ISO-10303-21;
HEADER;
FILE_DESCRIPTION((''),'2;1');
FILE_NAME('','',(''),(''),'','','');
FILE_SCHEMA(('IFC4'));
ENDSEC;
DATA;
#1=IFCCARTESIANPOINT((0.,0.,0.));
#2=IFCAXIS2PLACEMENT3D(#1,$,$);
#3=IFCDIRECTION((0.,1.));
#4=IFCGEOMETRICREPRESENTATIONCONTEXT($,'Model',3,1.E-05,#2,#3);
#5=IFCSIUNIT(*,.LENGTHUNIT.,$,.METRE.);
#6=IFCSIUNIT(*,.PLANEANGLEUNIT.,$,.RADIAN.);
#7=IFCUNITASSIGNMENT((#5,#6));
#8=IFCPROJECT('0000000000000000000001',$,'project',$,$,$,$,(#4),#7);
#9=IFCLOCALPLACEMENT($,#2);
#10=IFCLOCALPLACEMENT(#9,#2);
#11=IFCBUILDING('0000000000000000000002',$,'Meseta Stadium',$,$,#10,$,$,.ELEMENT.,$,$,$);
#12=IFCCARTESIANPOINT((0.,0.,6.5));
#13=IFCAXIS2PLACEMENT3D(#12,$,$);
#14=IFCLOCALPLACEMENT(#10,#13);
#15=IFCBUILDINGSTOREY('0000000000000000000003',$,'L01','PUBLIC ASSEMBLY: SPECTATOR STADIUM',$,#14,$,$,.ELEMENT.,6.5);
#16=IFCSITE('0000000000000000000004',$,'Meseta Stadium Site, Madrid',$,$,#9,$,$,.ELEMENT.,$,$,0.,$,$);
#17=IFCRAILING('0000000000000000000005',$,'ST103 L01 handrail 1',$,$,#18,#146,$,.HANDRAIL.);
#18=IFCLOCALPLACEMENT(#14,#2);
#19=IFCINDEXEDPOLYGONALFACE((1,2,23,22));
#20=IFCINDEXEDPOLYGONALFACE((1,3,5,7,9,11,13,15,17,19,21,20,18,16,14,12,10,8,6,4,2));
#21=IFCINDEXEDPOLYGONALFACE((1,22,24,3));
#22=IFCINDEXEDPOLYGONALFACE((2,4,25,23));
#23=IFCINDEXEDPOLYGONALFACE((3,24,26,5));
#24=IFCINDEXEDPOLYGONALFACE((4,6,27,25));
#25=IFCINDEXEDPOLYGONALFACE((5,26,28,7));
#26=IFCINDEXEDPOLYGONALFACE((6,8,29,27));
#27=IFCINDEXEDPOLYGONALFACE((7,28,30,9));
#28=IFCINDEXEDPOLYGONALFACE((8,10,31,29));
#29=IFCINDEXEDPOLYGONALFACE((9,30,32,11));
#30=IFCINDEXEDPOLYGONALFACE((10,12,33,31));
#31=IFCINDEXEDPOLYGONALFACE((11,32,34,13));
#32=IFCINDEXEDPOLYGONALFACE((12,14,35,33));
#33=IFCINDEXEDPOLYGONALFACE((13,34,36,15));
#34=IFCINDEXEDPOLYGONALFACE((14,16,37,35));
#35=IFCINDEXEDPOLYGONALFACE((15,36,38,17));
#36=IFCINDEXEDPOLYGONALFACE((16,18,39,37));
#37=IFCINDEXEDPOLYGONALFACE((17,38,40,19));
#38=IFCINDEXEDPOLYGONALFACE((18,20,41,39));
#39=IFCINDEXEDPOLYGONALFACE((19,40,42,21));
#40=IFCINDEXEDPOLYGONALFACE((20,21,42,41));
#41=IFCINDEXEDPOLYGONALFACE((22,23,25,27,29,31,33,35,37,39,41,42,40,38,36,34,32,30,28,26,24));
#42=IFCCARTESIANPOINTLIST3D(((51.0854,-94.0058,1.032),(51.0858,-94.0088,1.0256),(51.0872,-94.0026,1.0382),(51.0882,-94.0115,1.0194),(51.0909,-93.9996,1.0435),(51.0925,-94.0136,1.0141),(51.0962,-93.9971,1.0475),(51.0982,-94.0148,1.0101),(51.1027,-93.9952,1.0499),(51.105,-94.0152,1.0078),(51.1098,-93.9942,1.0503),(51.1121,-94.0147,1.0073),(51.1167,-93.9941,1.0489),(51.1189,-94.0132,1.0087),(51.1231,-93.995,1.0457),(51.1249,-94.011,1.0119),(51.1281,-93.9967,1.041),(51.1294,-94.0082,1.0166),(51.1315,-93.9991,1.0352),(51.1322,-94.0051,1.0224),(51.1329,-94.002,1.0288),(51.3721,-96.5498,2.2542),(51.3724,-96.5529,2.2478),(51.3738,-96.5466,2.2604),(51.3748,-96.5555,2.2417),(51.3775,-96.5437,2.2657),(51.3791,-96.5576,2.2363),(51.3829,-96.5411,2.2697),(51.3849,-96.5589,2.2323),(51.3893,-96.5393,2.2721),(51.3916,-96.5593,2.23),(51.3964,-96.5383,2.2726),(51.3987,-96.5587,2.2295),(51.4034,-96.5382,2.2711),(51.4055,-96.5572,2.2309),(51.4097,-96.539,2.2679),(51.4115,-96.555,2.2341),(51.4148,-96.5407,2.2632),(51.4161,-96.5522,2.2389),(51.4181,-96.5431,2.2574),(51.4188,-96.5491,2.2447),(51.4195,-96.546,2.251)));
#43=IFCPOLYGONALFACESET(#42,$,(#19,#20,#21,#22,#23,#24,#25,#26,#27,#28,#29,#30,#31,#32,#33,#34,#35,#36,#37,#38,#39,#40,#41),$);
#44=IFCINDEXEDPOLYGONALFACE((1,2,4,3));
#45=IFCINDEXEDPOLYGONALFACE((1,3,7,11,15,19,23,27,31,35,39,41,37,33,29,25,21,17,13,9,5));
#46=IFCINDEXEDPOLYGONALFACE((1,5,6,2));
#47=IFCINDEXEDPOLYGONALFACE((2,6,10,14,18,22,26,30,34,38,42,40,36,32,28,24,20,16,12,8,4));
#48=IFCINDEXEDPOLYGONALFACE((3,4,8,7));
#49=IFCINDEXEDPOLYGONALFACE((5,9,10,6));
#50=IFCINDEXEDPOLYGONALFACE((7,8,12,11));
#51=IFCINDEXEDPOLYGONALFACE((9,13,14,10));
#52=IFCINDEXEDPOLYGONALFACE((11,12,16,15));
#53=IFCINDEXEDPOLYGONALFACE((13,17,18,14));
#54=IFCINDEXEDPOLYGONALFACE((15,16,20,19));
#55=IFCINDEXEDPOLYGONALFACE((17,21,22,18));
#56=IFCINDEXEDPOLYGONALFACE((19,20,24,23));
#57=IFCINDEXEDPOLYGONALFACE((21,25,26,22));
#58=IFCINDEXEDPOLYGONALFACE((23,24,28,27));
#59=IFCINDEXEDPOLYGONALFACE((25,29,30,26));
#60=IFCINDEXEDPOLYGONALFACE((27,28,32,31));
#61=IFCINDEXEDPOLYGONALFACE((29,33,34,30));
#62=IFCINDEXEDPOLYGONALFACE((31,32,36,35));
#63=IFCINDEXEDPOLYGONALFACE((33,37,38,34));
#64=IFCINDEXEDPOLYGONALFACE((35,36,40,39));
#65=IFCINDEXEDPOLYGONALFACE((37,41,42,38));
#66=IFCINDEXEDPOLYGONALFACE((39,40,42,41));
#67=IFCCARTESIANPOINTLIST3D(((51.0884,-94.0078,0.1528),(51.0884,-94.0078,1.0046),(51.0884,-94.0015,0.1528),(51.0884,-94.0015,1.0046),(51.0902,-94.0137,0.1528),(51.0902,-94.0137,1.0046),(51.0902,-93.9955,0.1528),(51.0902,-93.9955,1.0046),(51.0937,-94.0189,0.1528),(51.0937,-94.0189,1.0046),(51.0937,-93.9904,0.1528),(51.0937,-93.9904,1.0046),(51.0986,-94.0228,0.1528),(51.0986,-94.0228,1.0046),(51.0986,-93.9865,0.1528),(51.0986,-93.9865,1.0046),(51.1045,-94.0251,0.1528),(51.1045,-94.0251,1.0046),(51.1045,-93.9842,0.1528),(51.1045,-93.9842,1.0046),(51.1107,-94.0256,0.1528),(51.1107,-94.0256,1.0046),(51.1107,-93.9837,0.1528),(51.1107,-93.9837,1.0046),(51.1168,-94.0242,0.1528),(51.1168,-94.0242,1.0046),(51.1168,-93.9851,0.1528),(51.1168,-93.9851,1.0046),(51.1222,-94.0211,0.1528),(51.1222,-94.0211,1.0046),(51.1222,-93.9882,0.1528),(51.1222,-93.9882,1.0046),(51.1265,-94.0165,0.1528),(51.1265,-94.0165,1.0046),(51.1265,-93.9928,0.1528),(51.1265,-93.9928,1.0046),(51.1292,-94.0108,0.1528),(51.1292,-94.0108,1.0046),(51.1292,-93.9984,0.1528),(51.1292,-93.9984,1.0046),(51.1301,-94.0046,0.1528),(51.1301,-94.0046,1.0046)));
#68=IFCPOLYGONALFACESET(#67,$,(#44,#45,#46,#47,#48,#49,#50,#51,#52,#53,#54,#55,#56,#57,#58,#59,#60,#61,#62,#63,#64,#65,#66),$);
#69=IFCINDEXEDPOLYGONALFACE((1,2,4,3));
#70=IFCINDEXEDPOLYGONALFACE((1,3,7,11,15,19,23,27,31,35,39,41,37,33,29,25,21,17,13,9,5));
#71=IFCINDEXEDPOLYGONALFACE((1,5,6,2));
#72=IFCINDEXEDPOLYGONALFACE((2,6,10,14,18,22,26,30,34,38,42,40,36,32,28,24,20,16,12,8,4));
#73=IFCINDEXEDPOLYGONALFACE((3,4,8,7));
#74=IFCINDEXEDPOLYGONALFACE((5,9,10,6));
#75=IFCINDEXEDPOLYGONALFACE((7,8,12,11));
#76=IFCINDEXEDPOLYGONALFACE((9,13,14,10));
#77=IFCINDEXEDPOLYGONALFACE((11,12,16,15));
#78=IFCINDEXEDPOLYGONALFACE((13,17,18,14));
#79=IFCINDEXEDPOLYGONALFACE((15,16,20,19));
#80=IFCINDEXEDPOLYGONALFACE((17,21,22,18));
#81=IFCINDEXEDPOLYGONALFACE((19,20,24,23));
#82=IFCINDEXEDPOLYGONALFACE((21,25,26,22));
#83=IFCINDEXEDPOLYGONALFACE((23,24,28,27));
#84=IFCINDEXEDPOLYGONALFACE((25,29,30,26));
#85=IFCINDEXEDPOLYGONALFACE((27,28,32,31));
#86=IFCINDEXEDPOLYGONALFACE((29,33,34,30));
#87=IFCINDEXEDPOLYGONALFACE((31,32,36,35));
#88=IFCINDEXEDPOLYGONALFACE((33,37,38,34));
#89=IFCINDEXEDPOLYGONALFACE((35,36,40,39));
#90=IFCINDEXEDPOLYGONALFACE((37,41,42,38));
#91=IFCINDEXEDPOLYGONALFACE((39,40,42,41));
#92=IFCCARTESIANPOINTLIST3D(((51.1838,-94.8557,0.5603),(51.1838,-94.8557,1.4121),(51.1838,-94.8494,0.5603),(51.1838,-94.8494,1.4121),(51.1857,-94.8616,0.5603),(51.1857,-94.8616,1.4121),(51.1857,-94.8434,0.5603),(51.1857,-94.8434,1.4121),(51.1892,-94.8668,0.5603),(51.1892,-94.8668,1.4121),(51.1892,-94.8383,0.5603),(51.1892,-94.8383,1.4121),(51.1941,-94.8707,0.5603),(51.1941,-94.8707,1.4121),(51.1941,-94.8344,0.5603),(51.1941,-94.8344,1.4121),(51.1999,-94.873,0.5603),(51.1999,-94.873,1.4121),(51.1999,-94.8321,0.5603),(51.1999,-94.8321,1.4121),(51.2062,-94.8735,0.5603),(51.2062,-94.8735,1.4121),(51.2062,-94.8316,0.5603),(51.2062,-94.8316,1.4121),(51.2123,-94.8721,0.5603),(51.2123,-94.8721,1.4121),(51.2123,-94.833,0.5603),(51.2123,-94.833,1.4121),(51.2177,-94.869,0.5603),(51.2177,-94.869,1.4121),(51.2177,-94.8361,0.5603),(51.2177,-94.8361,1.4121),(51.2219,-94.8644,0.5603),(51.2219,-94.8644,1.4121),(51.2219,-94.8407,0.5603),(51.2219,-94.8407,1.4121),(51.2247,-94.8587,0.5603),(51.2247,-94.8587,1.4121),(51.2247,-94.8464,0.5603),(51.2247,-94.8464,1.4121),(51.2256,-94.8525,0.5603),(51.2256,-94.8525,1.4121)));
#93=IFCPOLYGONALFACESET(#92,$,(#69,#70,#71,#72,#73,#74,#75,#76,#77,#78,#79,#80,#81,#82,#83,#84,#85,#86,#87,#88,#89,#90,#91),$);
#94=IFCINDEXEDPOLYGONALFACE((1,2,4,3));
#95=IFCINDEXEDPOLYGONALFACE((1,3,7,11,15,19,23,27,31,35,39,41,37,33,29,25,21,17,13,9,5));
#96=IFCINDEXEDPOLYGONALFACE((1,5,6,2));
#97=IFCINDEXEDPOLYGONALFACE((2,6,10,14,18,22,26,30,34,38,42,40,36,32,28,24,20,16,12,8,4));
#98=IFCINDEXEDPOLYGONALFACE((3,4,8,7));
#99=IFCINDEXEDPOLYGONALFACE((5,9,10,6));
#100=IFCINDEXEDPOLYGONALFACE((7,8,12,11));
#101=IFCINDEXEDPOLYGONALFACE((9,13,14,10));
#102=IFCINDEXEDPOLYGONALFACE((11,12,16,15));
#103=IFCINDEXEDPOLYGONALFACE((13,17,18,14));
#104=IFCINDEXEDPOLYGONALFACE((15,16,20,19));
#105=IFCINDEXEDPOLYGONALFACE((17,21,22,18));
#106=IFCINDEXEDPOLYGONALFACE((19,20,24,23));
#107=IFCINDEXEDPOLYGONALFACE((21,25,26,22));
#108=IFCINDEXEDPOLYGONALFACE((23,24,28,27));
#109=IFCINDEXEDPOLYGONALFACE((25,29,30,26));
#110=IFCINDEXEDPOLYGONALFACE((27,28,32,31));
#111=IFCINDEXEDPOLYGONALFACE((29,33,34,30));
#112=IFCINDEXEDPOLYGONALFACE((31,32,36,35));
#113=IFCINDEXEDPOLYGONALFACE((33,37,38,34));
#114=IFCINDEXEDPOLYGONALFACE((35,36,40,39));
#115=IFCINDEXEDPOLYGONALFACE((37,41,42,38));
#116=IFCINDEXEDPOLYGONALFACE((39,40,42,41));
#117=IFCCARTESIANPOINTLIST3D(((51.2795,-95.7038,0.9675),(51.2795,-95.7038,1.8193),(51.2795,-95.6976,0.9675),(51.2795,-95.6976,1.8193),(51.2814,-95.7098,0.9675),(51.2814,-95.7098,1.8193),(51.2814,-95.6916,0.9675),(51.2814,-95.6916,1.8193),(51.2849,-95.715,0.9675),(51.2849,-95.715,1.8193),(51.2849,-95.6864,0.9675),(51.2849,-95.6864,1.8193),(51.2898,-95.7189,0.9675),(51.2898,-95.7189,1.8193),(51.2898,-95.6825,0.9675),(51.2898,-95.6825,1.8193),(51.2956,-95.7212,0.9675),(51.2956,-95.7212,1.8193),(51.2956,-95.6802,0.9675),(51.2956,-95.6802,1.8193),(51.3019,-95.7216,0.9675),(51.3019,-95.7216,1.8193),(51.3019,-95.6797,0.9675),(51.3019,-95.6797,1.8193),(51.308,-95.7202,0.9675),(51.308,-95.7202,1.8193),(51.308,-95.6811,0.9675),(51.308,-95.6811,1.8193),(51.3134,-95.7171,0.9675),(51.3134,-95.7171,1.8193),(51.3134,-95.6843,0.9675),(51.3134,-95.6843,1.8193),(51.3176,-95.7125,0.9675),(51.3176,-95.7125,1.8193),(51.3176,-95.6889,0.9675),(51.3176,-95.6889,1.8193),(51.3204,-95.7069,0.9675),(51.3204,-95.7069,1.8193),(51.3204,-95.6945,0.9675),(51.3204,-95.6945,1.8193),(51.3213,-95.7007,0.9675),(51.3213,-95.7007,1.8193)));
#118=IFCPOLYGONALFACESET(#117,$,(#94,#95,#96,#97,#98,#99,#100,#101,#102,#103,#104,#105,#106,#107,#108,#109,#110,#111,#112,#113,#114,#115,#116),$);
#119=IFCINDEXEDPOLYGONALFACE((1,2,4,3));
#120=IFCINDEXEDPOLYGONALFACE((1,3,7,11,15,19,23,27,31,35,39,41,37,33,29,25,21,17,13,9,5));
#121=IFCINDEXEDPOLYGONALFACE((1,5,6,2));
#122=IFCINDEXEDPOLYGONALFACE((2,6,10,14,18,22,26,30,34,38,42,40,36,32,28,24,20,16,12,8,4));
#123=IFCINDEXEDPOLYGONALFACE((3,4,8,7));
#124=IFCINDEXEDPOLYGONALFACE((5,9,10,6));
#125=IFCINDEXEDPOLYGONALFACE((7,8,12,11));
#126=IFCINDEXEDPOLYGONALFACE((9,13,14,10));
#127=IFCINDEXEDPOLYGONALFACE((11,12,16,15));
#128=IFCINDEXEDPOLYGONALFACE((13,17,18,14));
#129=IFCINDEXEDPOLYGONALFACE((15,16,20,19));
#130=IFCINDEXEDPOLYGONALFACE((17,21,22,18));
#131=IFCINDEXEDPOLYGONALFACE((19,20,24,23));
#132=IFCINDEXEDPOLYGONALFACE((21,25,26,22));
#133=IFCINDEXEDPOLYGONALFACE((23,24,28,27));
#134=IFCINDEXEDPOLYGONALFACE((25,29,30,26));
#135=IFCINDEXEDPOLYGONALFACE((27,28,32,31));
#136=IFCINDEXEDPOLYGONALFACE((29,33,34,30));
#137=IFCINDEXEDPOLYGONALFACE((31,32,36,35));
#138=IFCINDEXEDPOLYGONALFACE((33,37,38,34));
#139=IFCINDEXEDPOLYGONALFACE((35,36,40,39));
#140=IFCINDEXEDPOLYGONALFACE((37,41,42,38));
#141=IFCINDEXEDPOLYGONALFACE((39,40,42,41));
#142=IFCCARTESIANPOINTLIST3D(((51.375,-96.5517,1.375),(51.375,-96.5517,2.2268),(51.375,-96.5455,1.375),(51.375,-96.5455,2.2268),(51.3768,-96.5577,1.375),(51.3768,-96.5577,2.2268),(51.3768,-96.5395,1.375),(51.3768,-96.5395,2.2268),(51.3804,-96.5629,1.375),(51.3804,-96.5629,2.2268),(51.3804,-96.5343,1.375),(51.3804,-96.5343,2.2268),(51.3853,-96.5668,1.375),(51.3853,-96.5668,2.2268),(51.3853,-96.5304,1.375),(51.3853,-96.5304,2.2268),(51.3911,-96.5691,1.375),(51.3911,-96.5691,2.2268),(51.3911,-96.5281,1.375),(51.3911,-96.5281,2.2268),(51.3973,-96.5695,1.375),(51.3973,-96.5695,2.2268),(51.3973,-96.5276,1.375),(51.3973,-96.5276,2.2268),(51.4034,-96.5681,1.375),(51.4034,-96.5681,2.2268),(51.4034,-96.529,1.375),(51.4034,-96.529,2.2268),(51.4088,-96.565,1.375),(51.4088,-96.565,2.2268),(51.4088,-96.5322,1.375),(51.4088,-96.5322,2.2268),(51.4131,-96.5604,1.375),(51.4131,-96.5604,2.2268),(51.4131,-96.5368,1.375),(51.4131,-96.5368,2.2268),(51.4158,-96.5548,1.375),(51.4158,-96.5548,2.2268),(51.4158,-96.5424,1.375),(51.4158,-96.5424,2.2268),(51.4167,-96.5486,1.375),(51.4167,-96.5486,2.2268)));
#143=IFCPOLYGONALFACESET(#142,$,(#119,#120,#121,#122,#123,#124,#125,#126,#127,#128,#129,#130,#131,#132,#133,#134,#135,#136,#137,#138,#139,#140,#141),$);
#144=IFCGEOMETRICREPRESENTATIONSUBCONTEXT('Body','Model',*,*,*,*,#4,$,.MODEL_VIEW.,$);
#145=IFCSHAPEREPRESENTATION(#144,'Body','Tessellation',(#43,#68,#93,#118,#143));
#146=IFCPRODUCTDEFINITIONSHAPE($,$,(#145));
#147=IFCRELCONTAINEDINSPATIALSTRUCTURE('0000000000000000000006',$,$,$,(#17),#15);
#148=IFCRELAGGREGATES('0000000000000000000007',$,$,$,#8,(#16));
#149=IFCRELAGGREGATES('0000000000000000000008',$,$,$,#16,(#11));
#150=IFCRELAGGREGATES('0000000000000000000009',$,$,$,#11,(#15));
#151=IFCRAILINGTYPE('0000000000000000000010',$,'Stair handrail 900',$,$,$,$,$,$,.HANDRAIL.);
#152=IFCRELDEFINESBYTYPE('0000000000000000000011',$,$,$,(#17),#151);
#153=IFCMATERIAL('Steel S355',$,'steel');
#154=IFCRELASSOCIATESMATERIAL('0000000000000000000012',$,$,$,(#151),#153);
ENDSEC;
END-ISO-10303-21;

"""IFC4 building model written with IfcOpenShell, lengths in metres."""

from ifc_helpers import new_model, si_unit, direction, frame, origin, origin_2d, place, context, subcontext, project, spatial, circle, extrude, material, type_object, element, save


model = new_model("IFC4")

# Units and contexts
model_context = context("Model", 3, precision=1e-05, world=origin(), true_north=direction((0.0, 1.0)))
body_context = subcontext(model_context, "Body", "Model", "MODEL_VIEW")
ifc_project = project(units=[si_unit("LENGTHUNIT", "METRE"), si_unit("PLANEANGLEUNIT", "RADIAN")], contexts=[model_context])

# Site, building, storey
site_placement = place(None, origin())
site = spatial("IfcSite", under=ifc_project, at=site_placement, Name="Meseta Stadium Site, Madrid", CompositionType="ELEMENT", RefElevation=0.0)
building_placement = place(site_placement, origin())
building = spatial("IfcBuilding", under=site, at=building_placement, Name="Meseta Stadium", CompositionType="ELEMENT")
storey_placement = place(building_placement, frame((0.0, 0.0, 6.5)))
storey = spatial("IfcBuildingStorey", under=building, at=storey_placement, Name="L01", Description="PUBLIC ASSEMBLY: SPECTATOR STADIUM", CompositionType="ELEMENT", Elevation=6.5)

# Railing
ifc_material_1 = material(Name="Steel S355", Category="steel")
railing_type_1 = type_object("IfcRailingType", Name="Stair handrail 900", PredefinedType="HANDRAIL", material=ifc_material_1)
railing_1_placement = place(storey_placement, frame((51.1091, -94.0046, 0.1528)))
element("IfcRailing", 1, at=railing_1_placement, inside=storey, type_object=railing_type_1, Name="ST103 L01 handrail 1", PredefinedType="HANDRAIL", context=body_context, shape_type="SweptSolid", body=[
    extrude(circle(Radius=0.0239, at=origin_2d()), frame((0.0, 0.0, 0.876), z_axis=(0.101036, -0.896762, 0.430824), x_axis=(0.993713, 0.11196, 0.0)), (0.0, 0.0, 1.0), 2.8369),
    extrude(circle(Radius=0.021, at=origin_2d()), origin(), (0.0, 0.0, 1.0), 0.8518),
    extrude(circle(Radius=0.021, at=origin_2d()), frame((0.0955, -0.8479, 0.4075)), (0.0, 0.0, 1.0), 0.8518),
    extrude(circle(Radius=0.021, at=origin_2d()), frame((0.1912, -1.696, 0.8147)), (0.0, 0.0, 1.0), 0.8518),
    extrude(circle(Radius=0.021, at=origin_2d()), frame((0.2866, -2.5439, 1.2222)), (0.0, 0.0, 1.0), 0.8518),
])

save(model, "model.ifc")
